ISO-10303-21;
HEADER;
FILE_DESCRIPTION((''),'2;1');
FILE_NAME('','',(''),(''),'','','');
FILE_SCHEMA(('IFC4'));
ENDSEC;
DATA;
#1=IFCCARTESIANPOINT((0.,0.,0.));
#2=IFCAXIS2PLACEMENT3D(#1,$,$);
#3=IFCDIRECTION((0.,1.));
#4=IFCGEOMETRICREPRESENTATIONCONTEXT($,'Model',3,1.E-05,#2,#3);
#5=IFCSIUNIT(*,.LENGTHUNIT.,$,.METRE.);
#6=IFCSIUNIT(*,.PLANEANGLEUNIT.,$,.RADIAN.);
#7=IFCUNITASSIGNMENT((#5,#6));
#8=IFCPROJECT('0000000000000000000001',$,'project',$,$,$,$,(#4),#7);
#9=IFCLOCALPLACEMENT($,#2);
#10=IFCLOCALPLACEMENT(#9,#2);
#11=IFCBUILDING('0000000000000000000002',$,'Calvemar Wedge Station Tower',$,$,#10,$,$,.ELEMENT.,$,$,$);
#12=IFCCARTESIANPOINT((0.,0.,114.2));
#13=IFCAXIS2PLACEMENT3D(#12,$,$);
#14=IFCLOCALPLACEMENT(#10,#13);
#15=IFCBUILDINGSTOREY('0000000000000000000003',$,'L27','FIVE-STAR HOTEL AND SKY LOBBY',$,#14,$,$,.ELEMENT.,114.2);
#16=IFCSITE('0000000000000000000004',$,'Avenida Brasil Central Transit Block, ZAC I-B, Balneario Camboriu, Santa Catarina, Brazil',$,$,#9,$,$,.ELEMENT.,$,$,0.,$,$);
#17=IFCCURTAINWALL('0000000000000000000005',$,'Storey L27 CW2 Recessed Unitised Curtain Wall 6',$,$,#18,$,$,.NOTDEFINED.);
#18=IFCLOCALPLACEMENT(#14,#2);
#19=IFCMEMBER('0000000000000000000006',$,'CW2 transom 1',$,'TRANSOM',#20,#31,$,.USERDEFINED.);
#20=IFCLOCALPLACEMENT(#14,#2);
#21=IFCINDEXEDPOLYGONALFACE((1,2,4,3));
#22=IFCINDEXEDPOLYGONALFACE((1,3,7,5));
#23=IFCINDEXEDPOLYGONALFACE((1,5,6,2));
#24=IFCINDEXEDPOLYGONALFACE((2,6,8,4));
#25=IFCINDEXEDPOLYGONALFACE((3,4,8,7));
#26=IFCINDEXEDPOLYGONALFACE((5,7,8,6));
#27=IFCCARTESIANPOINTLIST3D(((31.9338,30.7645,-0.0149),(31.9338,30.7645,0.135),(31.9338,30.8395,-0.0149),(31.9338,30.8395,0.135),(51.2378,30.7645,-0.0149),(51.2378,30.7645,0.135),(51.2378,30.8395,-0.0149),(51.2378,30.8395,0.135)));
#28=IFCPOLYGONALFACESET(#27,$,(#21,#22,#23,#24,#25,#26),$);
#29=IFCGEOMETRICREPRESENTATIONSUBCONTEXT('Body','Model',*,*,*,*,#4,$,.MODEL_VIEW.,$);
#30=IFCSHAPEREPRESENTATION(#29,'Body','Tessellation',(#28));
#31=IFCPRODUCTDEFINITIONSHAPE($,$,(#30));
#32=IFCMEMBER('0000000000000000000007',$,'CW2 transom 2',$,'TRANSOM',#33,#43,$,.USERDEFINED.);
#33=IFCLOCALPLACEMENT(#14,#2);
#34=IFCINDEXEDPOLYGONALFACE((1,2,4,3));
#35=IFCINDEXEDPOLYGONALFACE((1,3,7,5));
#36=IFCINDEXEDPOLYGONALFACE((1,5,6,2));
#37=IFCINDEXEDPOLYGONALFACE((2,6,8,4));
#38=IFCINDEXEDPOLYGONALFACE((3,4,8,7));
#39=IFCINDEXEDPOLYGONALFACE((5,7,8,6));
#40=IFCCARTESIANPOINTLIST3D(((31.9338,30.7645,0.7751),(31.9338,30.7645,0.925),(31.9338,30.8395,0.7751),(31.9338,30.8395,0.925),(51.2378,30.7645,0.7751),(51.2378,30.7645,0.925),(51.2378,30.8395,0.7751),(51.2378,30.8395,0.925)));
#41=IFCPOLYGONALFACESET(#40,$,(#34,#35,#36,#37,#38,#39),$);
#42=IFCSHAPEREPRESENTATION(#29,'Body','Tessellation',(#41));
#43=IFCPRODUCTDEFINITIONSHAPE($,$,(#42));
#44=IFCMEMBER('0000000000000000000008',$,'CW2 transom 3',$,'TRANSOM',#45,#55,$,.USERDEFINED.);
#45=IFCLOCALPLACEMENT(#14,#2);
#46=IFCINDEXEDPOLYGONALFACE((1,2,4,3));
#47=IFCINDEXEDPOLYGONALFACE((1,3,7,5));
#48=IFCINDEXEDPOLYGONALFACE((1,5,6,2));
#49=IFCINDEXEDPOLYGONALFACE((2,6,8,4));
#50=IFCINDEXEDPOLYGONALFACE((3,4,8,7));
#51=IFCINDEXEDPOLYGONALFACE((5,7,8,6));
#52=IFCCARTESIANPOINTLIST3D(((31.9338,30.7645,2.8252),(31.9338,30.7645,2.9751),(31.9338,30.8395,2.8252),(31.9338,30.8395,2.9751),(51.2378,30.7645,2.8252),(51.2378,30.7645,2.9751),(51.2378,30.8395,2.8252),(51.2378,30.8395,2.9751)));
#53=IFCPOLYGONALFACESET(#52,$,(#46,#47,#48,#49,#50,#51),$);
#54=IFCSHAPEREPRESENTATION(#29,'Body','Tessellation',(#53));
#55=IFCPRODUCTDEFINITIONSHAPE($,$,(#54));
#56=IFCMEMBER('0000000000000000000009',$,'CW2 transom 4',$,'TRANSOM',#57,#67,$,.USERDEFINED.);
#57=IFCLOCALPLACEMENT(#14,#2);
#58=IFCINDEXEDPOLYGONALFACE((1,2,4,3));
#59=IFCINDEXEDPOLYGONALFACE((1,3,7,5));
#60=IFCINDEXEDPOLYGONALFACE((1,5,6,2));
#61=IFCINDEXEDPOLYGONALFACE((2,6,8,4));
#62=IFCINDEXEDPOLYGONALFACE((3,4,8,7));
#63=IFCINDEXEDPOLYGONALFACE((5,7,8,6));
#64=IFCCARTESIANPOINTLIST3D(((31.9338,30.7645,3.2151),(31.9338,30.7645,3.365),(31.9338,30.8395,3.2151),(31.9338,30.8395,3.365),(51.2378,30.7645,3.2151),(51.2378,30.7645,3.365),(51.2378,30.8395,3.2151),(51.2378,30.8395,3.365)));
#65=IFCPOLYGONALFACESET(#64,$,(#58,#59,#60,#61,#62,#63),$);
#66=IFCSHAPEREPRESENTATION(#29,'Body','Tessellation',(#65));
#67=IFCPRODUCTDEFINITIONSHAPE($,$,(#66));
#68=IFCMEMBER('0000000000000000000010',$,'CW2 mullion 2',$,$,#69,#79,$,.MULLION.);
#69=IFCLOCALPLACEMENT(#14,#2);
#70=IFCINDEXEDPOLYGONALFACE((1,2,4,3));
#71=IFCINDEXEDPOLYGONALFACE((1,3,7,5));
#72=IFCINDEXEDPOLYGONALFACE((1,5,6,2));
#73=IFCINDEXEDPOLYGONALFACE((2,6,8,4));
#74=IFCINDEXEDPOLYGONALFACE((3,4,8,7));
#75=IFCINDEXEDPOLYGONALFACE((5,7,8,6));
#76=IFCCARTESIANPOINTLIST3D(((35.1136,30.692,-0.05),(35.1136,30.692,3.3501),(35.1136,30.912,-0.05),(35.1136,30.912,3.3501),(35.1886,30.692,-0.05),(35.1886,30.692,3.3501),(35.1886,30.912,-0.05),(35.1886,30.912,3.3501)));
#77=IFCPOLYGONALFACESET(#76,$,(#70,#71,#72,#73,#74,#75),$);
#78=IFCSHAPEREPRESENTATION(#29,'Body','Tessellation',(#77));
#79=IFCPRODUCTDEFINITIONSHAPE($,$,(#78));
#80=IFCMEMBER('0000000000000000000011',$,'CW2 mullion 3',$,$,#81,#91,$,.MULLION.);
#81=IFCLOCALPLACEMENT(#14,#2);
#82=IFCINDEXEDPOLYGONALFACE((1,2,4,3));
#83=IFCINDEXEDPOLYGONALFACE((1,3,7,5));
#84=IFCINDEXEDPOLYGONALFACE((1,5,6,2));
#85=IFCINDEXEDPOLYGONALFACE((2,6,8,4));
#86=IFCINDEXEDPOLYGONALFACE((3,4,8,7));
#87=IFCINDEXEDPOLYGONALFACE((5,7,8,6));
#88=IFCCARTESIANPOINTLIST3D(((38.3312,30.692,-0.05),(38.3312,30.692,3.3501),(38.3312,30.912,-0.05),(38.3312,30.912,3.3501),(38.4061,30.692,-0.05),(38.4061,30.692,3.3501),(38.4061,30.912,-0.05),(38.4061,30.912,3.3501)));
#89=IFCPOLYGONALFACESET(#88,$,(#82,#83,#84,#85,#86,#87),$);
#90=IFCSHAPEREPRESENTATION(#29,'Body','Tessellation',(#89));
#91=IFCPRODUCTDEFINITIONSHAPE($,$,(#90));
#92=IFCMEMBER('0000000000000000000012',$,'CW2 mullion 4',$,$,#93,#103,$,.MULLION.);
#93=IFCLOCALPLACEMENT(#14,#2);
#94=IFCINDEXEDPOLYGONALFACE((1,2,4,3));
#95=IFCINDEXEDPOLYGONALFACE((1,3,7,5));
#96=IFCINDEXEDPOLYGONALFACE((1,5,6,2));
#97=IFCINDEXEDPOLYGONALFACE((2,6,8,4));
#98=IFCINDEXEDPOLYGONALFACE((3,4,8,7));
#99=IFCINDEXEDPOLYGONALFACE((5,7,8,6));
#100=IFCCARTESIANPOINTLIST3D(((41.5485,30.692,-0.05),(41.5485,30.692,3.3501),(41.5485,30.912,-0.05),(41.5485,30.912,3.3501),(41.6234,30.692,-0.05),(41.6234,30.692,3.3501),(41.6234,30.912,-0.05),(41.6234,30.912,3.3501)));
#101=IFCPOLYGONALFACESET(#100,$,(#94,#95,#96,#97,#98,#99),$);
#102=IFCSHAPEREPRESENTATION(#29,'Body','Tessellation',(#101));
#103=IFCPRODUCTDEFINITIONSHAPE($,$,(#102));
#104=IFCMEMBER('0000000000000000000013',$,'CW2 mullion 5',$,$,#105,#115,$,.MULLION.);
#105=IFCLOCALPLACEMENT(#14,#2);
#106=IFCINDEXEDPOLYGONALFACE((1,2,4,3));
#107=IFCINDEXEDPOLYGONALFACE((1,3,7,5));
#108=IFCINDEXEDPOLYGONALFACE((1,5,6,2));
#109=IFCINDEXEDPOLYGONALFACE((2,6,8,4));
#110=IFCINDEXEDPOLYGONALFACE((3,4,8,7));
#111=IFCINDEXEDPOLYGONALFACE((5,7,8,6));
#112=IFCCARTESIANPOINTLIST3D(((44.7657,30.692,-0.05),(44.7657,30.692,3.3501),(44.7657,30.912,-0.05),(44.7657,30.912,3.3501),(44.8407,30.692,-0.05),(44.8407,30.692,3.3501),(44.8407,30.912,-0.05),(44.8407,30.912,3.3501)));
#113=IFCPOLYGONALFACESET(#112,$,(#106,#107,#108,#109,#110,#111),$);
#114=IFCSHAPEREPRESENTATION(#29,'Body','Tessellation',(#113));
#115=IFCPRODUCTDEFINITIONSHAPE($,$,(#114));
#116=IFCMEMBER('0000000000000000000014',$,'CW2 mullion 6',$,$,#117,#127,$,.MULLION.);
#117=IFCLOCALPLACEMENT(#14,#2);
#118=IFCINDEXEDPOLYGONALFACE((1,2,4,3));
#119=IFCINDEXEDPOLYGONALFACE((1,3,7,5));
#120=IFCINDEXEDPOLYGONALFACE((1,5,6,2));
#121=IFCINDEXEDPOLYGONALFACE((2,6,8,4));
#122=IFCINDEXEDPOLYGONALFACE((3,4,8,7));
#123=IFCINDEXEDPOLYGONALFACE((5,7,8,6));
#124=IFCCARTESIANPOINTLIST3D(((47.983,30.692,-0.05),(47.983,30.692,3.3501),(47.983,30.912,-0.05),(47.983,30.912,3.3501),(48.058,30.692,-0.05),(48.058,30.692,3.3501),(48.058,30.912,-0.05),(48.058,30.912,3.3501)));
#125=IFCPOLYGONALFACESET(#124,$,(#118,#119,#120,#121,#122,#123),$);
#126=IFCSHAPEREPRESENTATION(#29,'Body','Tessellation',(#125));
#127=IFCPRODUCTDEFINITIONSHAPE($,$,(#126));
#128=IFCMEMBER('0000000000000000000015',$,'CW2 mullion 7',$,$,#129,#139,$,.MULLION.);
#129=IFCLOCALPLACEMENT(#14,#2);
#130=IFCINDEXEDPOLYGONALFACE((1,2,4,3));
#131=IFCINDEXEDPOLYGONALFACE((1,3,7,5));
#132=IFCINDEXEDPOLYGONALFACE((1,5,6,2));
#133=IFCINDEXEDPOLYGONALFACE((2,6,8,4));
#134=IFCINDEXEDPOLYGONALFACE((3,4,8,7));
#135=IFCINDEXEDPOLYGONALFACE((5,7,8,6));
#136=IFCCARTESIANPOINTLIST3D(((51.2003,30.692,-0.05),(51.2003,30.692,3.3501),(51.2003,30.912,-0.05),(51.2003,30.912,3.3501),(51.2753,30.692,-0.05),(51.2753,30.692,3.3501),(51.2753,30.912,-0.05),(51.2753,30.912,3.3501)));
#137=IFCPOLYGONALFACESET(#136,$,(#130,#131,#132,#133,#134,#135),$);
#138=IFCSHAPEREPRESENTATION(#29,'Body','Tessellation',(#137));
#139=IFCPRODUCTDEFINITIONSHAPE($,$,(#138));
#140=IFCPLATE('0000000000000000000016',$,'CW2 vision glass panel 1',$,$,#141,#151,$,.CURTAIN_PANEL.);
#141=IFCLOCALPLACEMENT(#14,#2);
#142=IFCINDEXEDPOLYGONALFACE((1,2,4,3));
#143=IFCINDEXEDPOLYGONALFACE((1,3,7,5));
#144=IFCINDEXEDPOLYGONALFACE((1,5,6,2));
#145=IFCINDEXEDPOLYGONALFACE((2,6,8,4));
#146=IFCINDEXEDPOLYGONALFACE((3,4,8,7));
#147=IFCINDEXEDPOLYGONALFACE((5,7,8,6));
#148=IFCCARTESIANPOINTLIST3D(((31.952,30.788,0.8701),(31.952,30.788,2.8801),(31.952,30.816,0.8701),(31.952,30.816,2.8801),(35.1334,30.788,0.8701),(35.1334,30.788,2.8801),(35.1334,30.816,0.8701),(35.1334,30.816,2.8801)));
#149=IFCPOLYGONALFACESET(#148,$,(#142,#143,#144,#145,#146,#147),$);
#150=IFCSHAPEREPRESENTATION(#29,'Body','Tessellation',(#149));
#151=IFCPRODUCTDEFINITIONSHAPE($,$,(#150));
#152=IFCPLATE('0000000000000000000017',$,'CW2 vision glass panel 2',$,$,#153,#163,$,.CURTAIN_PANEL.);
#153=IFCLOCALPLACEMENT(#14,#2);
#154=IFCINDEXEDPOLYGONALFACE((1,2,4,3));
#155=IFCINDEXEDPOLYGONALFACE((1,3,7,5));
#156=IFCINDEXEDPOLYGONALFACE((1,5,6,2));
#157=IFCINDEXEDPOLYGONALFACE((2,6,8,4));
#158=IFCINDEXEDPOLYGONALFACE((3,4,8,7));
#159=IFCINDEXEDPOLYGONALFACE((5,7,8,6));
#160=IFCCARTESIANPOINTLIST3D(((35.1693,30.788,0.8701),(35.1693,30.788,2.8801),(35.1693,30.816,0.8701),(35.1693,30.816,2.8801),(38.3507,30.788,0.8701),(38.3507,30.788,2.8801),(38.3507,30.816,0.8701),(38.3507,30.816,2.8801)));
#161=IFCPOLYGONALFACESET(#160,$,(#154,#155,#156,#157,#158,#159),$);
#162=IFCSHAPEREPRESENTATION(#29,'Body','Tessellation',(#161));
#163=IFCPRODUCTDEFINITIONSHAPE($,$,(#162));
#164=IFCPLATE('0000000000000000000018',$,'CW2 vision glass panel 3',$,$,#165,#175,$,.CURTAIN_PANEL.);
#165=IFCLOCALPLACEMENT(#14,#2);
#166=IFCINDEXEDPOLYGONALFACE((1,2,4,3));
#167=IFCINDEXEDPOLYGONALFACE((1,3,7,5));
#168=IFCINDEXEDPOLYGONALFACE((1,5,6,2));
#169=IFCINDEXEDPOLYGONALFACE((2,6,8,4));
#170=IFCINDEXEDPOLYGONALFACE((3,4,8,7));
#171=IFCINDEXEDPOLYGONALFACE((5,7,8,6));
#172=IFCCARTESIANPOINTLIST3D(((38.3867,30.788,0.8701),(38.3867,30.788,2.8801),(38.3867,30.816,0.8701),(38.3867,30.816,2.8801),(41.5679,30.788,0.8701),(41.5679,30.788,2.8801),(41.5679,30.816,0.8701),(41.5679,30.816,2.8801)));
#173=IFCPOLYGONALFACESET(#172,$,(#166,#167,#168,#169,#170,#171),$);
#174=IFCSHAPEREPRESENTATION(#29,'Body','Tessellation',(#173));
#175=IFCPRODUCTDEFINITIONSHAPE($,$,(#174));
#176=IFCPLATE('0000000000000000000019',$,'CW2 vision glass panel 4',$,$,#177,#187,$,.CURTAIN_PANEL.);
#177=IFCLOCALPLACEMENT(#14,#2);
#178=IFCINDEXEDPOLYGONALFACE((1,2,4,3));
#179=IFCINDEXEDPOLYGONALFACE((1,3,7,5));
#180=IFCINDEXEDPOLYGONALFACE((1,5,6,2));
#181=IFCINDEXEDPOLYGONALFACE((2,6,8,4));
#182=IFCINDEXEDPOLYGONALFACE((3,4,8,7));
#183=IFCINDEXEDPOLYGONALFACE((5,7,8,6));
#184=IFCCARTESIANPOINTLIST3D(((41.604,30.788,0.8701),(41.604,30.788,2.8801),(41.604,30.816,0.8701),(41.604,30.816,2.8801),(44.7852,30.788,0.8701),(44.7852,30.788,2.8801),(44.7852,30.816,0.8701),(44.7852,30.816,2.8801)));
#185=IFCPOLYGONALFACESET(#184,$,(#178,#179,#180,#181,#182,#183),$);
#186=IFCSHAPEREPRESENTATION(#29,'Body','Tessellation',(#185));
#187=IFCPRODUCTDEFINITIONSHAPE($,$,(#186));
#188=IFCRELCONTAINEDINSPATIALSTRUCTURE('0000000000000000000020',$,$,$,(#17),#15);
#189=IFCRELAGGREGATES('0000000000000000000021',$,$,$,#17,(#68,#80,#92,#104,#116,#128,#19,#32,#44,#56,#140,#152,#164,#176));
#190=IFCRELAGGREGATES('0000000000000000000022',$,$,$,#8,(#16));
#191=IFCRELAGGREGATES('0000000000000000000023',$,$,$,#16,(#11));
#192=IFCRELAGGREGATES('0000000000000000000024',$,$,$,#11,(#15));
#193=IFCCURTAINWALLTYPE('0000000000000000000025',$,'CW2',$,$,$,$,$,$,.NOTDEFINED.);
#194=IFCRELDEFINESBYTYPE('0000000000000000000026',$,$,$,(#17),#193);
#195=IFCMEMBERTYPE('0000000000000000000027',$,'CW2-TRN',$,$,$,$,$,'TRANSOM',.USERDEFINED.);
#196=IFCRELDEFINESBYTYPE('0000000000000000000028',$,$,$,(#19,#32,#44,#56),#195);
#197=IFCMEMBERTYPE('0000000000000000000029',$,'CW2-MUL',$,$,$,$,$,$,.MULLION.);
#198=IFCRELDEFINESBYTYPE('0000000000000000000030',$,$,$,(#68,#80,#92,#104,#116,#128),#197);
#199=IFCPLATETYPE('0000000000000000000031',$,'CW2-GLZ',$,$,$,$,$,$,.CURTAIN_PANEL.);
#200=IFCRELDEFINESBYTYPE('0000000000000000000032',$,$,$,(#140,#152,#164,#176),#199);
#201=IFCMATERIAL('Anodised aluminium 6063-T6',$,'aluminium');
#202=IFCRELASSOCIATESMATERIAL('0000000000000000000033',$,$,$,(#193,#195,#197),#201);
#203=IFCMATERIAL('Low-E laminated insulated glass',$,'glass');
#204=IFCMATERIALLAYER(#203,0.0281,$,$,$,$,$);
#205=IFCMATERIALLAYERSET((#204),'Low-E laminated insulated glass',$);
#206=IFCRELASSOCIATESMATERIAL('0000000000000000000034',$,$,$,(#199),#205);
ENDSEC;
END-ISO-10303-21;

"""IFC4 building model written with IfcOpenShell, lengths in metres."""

from ifc_helpers import new_model, si_unit, direction, frame, frame_2d, origin, origin_2d, place, context, subcontext, project, spatial, rectangle, extrude, source, transform, mapped, material, layer, layer_set, material_profile, profile_set, type_object, element, aggregate, save


model = new_model("IFC4")

# Units and contexts
model_context = context("Model", 3, precision=1e-05, world=origin(), true_north=direction((0.0, 1.0)))
body_context = subcontext(model_context, "Body", "Model", "MODEL_VIEW")
ifc_project = project(units=[si_unit("LENGTHUNIT", "METRE"), si_unit("PLANEANGLEUNIT", "RADIAN")], contexts=[model_context])

# Site, building, storey
site_placement = place(None, origin())
site = spatial("IfcSite", under=ifc_project, at=site_placement, Name="Avenida Brasil Central Transit Block, ZAC I-B, Balneario Camboriu, Santa Catarina, Brazil", CompositionType="ELEMENT", RefElevation=0.0)
building_placement = place(site_placement, origin())
building = spatial("IfcBuilding", under=site, at=building_placement, Name="Calvemar Wedge Station Tower", CompositionType="ELEMENT")
storey_placement = place(building_placement, frame((0.0, 0.0, 114.2)))
storey = spatial("IfcBuildingStorey", under=building, at=storey_placement, Name="L27", Description="FIVE-STAR HOTEL AND SKY LOBBY", CompositionType="ELEMENT", Elevation=114.2)

# Curtain wall, members, plates
ifc_material_1 = material(Name="Anodised aluminium 6063-T6", Category="aluminium")
curtain_wall_type = type_object("IfcCurtainWallType", Name="CW2", PredefinedType="NOTDEFINED", material=ifc_material_1)
curtain_wall_placement = place(storey_placement, origin())
curtain_wall = element("IfcCurtainWall", 1, at=curtain_wall_placement, inside=storey, type_object=curtain_wall_type, Name="Storey L27 CW2 Recessed Unitised Curtain Wall 6", PredefinedType="NOTDEFINED")
ifc_material_profile_1 = material_profile(ifc_material_1, rectangle(XDim=0.075, YDim=0.1499, at=origin_2d()), Name="AL-TRN-75x150")
ifc_profile_set_1 = profile_set([ifc_material_profile_1], Name="Anodised aluminium 6063-T6")
member_type_1 = type_object("IfcMemberType", Name="CW2-TRN", ElementType="TRANSOM", PredefinedType="USERDEFINED", material=ifc_profile_set_1)
shared_shape_1 = source(origin(), body_context, "Body", "SweptSolid", [
    extrude(rectangle(XDim=0.075, YDim=0.1499, at=origin_2d()), origin(), (0.0, 0.0, 1.0), 19.304),
])
member_1_placement = place(storey_placement, frame((31.9338, 30.802, 0.0601), z_axis=(1.0, 0.0, 0.0), x_axis=(0.0, 1.0, 0.0)))
member_1 = element("IfcMember", 2, at=member_1_placement, type_object=member_type_1, Name="CW2 transom 1", ObjectType="TRANSOM", PredefinedType="USERDEFINED", context=body_context, shape_type="MappedRepresentation", body=[
    mapped(shared_shape_1, transform((0.0, 0.0, 0.0), scale=1.0)),
])
member_2_placement = place(storey_placement, frame((31.9338, 30.802, 0.8501), z_axis=(1.0, 0.0, 0.0), x_axis=(0.0, 1.0, 0.0)))
member_2 = element("IfcMember", 3, at=member_2_placement, type_object=member_type_1, Name="CW2 transom 2", ObjectType="TRANSOM", PredefinedType="USERDEFINED", context=body_context, shape_type="MappedRepresentation", body=[
    mapped(shared_shape_1, transform((0.0, 0.0, 0.0), scale=1.0)),
])
member_3_placement = place(storey_placement, frame((31.9338, 30.802, 2.9001), z_axis=(1.0, 0.0, 0.0), x_axis=(0.0, 1.0, 0.0)))
member_3 = element("IfcMember", 4, at=member_3_placement, type_object=member_type_1, Name="CW2 transom 3", ObjectType="TRANSOM", PredefinedType="USERDEFINED", context=body_context, shape_type="MappedRepresentation", body=[
    mapped(shared_shape_1, transform((0.0, 0.0, 0.0), scale=1.0)),
])
member_4_placement = place(storey_placement, frame((31.9338, 30.802, 3.29), z_axis=(1.0, 0.0, 0.0), x_axis=(0.0, 1.0, 0.0)))
member_4 = element("IfcMember", 5, at=member_4_placement, type_object=member_type_1, Name="CW2 transom 4", ObjectType="TRANSOM", PredefinedType="USERDEFINED", context=body_context, shape_type="MappedRepresentation", body=[
    mapped(shared_shape_1, transform((0.0, 0.0, 0.0), scale=1.0)),
])
ifc_material_profile_2 = material_profile(ifc_material_1, rectangle(XDim=0.075, YDim=0.22, at=origin_2d()), Name="AL-MUL-75x220")
ifc_profile_set_2 = profile_set([ifc_material_profile_2], Name="Anodised aluminium 6063-T6")
member_type_2 = type_object("IfcMemberType", Name="CW2-MUL", PredefinedType="MULLION", material=ifc_profile_set_2)
shared_shape_2 = source(origin(), body_context, "Body", "SweptSolid", [
    extrude(rectangle(XDim=0.075, YDim=0.22, at=origin_2d()), origin(), (0.0, 0.0, 1.0), 3.4001),
])
member_5_placement = place(storey_placement, frame((35.1511, 30.802, -0.05), z_axis=(0.0, 0.0, 1.0), x_axis=(1.0, 0.0, 0.0)))
member_5 = element("IfcMember", 6, at=member_5_placement, type_object=member_type_2, Name="CW2 mullion 2", PredefinedType="MULLION", context=body_context, shape_type="MappedRepresentation", body=[
    mapped(shared_shape_2, transform((0.0, 0.0, 0.0), scale=1.0)),
])
member_6_placement = place(storey_placement, frame((38.3687, 30.802, -0.05), z_axis=(0.0, 0.0, 1.0), x_axis=(1.0, 0.0, 0.0)))
member_6 = element("IfcMember", 7, at=member_6_placement, type_object=member_type_2, Name="CW2 mullion 3", PredefinedType="MULLION", context=body_context, shape_type="MappedRepresentation", body=[
    mapped(shared_shape_2, transform((0.0, 0.0, 0.0), scale=1.0)),
])
member_7_placement = place(storey_placement, frame((41.5859, 30.802, -0.05), z_axis=(0.0, 0.0, 1.0), x_axis=(1.0, 0.0, 0.0)))
member_7 = element("IfcMember", 8, at=member_7_placement, type_object=member_type_2, Name="CW2 mullion 4", PredefinedType="MULLION", context=body_context, shape_type="MappedRepresentation", body=[
    mapped(shared_shape_2, transform((0.0, 0.0, 0.0), scale=1.0)),
])
member_8_placement = place(storey_placement, frame((44.8032, 30.802, -0.05), z_axis=(0.0, 0.0, 1.0), x_axis=(1.0, 0.0, 0.0)))
member_8 = element("IfcMember", 9, at=member_8_placement, type_object=member_type_2, Name="CW2 mullion 5", PredefinedType="MULLION", context=body_context, shape_type="MappedRepresentation", body=[
    mapped(shared_shape_2, transform((0.0, 0.0, 0.0), scale=1.0)),
])
member_9_placement = place(storey_placement, frame((48.0205, 30.802, -0.05), z_axis=(0.0, 0.0, 1.0), x_axis=(1.0, 0.0, 0.0)))
member_9 = element("IfcMember", 10, at=member_9_placement, type_object=member_type_2, Name="CW2 mullion 6", PredefinedType="MULLION", context=body_context, shape_type="MappedRepresentation", body=[
    mapped(shared_shape_2, transform((0.0, 0.0, 0.0), scale=1.0)),
])
member_10_placement = place(storey_placement, frame((51.2378, 30.802, -0.05), z_axis=(0.0, 0.0, 1.0), x_axis=(1.0, 0.0, 0.0)))
member_10 = element("IfcMember", 11, at=member_10_placement, type_object=member_type_2, Name="CW2 mullion 7", PredefinedType="MULLION", context=body_context, shape_type="MappedRepresentation", body=[
    mapped(shared_shape_2, transform((0.0, 0.0, 0.0), scale=1.0)),
])
ifc_material_2 = material(Name="Low-E laminated insulated glass", Category="glass")
ifc_layer_1 = layer(ifc_material_2, 0.0281)
ifc_layer_set_1 = layer_set([ifc_layer_1], Name="Low-E laminated insulated glass")
plate_type_1 = type_object("IfcPlateType", Name="CW2-GLZ", PredefinedType="CURTAIN_PANEL", material=ifc_layer_set_1)
plate_1_placement = place(storey_placement, frame((31.9519, 30.802, 0.8701), z_axis=(0.0, 0.0, 1.0), x_axis=(1.0, 0.0, 0.0)))
plate_1 = element("IfcPlate", 12, at=plate_1_placement, type_object=plate_type_1, Name="CW2 vision glass panel 1", PredefinedType="CURTAIN_PANEL", context=body_context, shape_type="SweptSolid", body=[
    extrude(rectangle(XDim=3.1814, YDim=0.0281, at=frame_2d((1.5908, 0.0))), origin(), (0.0, 0.0, 1.0), 2.01),
])
plate_2_placement = place(storey_placement, frame((35.1692, 30.802, 0.8701), z_axis=(0.0, 0.0, 1.0), x_axis=(1.0, 0.0, 0.0)))
plate_2 = element("IfcPlate", 13, at=plate_2_placement, type_object=plate_type_1, Name="CW2 vision glass panel 2", PredefinedType="CURTAIN_PANEL", context=body_context, shape_type="SweptSolid", body=[
    extrude(rectangle(XDim=3.1814, YDim=0.0281, at=frame_2d((1.5908, 0.0))), origin(), (0.0, 0.0, 1.0), 2.01),
])
plate_3_placement = place(storey_placement, frame((38.3867, 30.802, 0.8701), z_axis=(0.0, 0.0, 1.0), x_axis=(1.0, 0.0, 0.0)))
plate_3 = element("IfcPlate", 14, at=plate_3_placement, type_object=plate_type_1, Name="CW2 vision glass panel 3", PredefinedType="CURTAIN_PANEL", context=body_context, shape_type="SweptSolid", body=[
    extrude(rectangle(XDim=3.1812, YDim=0.0281, at=frame_2d((1.5906, 0.0))), origin(), (0.0, 0.0, 1.0), 2.01),
])
plate_4_placement = place(storey_placement, frame((41.604, 30.802, 0.8701), z_axis=(0.0, 0.0, 1.0), x_axis=(1.0, 0.0, 0.0)))
plate_4 = element("IfcPlate", 15, at=plate_4_placement, type_object=plate_type_1, Name="CW2 vision glass panel 4", PredefinedType="CURTAIN_PANEL", context=body_context, shape_type="SweptSolid", body=[
    extrude(rectangle(XDim=3.1812, YDim=0.0281, at=frame_2d((1.5906, 0.0))), origin(), (0.0, 0.0, 1.0), 2.01),
])
aggregate(curtain_wall, [member_5, member_6, member_7, member_8, member_9, member_10, member_1, member_2, member_3, member_4, plate_1, plate_2, plate_3, plate_4])

save(model, "model.ifc")
